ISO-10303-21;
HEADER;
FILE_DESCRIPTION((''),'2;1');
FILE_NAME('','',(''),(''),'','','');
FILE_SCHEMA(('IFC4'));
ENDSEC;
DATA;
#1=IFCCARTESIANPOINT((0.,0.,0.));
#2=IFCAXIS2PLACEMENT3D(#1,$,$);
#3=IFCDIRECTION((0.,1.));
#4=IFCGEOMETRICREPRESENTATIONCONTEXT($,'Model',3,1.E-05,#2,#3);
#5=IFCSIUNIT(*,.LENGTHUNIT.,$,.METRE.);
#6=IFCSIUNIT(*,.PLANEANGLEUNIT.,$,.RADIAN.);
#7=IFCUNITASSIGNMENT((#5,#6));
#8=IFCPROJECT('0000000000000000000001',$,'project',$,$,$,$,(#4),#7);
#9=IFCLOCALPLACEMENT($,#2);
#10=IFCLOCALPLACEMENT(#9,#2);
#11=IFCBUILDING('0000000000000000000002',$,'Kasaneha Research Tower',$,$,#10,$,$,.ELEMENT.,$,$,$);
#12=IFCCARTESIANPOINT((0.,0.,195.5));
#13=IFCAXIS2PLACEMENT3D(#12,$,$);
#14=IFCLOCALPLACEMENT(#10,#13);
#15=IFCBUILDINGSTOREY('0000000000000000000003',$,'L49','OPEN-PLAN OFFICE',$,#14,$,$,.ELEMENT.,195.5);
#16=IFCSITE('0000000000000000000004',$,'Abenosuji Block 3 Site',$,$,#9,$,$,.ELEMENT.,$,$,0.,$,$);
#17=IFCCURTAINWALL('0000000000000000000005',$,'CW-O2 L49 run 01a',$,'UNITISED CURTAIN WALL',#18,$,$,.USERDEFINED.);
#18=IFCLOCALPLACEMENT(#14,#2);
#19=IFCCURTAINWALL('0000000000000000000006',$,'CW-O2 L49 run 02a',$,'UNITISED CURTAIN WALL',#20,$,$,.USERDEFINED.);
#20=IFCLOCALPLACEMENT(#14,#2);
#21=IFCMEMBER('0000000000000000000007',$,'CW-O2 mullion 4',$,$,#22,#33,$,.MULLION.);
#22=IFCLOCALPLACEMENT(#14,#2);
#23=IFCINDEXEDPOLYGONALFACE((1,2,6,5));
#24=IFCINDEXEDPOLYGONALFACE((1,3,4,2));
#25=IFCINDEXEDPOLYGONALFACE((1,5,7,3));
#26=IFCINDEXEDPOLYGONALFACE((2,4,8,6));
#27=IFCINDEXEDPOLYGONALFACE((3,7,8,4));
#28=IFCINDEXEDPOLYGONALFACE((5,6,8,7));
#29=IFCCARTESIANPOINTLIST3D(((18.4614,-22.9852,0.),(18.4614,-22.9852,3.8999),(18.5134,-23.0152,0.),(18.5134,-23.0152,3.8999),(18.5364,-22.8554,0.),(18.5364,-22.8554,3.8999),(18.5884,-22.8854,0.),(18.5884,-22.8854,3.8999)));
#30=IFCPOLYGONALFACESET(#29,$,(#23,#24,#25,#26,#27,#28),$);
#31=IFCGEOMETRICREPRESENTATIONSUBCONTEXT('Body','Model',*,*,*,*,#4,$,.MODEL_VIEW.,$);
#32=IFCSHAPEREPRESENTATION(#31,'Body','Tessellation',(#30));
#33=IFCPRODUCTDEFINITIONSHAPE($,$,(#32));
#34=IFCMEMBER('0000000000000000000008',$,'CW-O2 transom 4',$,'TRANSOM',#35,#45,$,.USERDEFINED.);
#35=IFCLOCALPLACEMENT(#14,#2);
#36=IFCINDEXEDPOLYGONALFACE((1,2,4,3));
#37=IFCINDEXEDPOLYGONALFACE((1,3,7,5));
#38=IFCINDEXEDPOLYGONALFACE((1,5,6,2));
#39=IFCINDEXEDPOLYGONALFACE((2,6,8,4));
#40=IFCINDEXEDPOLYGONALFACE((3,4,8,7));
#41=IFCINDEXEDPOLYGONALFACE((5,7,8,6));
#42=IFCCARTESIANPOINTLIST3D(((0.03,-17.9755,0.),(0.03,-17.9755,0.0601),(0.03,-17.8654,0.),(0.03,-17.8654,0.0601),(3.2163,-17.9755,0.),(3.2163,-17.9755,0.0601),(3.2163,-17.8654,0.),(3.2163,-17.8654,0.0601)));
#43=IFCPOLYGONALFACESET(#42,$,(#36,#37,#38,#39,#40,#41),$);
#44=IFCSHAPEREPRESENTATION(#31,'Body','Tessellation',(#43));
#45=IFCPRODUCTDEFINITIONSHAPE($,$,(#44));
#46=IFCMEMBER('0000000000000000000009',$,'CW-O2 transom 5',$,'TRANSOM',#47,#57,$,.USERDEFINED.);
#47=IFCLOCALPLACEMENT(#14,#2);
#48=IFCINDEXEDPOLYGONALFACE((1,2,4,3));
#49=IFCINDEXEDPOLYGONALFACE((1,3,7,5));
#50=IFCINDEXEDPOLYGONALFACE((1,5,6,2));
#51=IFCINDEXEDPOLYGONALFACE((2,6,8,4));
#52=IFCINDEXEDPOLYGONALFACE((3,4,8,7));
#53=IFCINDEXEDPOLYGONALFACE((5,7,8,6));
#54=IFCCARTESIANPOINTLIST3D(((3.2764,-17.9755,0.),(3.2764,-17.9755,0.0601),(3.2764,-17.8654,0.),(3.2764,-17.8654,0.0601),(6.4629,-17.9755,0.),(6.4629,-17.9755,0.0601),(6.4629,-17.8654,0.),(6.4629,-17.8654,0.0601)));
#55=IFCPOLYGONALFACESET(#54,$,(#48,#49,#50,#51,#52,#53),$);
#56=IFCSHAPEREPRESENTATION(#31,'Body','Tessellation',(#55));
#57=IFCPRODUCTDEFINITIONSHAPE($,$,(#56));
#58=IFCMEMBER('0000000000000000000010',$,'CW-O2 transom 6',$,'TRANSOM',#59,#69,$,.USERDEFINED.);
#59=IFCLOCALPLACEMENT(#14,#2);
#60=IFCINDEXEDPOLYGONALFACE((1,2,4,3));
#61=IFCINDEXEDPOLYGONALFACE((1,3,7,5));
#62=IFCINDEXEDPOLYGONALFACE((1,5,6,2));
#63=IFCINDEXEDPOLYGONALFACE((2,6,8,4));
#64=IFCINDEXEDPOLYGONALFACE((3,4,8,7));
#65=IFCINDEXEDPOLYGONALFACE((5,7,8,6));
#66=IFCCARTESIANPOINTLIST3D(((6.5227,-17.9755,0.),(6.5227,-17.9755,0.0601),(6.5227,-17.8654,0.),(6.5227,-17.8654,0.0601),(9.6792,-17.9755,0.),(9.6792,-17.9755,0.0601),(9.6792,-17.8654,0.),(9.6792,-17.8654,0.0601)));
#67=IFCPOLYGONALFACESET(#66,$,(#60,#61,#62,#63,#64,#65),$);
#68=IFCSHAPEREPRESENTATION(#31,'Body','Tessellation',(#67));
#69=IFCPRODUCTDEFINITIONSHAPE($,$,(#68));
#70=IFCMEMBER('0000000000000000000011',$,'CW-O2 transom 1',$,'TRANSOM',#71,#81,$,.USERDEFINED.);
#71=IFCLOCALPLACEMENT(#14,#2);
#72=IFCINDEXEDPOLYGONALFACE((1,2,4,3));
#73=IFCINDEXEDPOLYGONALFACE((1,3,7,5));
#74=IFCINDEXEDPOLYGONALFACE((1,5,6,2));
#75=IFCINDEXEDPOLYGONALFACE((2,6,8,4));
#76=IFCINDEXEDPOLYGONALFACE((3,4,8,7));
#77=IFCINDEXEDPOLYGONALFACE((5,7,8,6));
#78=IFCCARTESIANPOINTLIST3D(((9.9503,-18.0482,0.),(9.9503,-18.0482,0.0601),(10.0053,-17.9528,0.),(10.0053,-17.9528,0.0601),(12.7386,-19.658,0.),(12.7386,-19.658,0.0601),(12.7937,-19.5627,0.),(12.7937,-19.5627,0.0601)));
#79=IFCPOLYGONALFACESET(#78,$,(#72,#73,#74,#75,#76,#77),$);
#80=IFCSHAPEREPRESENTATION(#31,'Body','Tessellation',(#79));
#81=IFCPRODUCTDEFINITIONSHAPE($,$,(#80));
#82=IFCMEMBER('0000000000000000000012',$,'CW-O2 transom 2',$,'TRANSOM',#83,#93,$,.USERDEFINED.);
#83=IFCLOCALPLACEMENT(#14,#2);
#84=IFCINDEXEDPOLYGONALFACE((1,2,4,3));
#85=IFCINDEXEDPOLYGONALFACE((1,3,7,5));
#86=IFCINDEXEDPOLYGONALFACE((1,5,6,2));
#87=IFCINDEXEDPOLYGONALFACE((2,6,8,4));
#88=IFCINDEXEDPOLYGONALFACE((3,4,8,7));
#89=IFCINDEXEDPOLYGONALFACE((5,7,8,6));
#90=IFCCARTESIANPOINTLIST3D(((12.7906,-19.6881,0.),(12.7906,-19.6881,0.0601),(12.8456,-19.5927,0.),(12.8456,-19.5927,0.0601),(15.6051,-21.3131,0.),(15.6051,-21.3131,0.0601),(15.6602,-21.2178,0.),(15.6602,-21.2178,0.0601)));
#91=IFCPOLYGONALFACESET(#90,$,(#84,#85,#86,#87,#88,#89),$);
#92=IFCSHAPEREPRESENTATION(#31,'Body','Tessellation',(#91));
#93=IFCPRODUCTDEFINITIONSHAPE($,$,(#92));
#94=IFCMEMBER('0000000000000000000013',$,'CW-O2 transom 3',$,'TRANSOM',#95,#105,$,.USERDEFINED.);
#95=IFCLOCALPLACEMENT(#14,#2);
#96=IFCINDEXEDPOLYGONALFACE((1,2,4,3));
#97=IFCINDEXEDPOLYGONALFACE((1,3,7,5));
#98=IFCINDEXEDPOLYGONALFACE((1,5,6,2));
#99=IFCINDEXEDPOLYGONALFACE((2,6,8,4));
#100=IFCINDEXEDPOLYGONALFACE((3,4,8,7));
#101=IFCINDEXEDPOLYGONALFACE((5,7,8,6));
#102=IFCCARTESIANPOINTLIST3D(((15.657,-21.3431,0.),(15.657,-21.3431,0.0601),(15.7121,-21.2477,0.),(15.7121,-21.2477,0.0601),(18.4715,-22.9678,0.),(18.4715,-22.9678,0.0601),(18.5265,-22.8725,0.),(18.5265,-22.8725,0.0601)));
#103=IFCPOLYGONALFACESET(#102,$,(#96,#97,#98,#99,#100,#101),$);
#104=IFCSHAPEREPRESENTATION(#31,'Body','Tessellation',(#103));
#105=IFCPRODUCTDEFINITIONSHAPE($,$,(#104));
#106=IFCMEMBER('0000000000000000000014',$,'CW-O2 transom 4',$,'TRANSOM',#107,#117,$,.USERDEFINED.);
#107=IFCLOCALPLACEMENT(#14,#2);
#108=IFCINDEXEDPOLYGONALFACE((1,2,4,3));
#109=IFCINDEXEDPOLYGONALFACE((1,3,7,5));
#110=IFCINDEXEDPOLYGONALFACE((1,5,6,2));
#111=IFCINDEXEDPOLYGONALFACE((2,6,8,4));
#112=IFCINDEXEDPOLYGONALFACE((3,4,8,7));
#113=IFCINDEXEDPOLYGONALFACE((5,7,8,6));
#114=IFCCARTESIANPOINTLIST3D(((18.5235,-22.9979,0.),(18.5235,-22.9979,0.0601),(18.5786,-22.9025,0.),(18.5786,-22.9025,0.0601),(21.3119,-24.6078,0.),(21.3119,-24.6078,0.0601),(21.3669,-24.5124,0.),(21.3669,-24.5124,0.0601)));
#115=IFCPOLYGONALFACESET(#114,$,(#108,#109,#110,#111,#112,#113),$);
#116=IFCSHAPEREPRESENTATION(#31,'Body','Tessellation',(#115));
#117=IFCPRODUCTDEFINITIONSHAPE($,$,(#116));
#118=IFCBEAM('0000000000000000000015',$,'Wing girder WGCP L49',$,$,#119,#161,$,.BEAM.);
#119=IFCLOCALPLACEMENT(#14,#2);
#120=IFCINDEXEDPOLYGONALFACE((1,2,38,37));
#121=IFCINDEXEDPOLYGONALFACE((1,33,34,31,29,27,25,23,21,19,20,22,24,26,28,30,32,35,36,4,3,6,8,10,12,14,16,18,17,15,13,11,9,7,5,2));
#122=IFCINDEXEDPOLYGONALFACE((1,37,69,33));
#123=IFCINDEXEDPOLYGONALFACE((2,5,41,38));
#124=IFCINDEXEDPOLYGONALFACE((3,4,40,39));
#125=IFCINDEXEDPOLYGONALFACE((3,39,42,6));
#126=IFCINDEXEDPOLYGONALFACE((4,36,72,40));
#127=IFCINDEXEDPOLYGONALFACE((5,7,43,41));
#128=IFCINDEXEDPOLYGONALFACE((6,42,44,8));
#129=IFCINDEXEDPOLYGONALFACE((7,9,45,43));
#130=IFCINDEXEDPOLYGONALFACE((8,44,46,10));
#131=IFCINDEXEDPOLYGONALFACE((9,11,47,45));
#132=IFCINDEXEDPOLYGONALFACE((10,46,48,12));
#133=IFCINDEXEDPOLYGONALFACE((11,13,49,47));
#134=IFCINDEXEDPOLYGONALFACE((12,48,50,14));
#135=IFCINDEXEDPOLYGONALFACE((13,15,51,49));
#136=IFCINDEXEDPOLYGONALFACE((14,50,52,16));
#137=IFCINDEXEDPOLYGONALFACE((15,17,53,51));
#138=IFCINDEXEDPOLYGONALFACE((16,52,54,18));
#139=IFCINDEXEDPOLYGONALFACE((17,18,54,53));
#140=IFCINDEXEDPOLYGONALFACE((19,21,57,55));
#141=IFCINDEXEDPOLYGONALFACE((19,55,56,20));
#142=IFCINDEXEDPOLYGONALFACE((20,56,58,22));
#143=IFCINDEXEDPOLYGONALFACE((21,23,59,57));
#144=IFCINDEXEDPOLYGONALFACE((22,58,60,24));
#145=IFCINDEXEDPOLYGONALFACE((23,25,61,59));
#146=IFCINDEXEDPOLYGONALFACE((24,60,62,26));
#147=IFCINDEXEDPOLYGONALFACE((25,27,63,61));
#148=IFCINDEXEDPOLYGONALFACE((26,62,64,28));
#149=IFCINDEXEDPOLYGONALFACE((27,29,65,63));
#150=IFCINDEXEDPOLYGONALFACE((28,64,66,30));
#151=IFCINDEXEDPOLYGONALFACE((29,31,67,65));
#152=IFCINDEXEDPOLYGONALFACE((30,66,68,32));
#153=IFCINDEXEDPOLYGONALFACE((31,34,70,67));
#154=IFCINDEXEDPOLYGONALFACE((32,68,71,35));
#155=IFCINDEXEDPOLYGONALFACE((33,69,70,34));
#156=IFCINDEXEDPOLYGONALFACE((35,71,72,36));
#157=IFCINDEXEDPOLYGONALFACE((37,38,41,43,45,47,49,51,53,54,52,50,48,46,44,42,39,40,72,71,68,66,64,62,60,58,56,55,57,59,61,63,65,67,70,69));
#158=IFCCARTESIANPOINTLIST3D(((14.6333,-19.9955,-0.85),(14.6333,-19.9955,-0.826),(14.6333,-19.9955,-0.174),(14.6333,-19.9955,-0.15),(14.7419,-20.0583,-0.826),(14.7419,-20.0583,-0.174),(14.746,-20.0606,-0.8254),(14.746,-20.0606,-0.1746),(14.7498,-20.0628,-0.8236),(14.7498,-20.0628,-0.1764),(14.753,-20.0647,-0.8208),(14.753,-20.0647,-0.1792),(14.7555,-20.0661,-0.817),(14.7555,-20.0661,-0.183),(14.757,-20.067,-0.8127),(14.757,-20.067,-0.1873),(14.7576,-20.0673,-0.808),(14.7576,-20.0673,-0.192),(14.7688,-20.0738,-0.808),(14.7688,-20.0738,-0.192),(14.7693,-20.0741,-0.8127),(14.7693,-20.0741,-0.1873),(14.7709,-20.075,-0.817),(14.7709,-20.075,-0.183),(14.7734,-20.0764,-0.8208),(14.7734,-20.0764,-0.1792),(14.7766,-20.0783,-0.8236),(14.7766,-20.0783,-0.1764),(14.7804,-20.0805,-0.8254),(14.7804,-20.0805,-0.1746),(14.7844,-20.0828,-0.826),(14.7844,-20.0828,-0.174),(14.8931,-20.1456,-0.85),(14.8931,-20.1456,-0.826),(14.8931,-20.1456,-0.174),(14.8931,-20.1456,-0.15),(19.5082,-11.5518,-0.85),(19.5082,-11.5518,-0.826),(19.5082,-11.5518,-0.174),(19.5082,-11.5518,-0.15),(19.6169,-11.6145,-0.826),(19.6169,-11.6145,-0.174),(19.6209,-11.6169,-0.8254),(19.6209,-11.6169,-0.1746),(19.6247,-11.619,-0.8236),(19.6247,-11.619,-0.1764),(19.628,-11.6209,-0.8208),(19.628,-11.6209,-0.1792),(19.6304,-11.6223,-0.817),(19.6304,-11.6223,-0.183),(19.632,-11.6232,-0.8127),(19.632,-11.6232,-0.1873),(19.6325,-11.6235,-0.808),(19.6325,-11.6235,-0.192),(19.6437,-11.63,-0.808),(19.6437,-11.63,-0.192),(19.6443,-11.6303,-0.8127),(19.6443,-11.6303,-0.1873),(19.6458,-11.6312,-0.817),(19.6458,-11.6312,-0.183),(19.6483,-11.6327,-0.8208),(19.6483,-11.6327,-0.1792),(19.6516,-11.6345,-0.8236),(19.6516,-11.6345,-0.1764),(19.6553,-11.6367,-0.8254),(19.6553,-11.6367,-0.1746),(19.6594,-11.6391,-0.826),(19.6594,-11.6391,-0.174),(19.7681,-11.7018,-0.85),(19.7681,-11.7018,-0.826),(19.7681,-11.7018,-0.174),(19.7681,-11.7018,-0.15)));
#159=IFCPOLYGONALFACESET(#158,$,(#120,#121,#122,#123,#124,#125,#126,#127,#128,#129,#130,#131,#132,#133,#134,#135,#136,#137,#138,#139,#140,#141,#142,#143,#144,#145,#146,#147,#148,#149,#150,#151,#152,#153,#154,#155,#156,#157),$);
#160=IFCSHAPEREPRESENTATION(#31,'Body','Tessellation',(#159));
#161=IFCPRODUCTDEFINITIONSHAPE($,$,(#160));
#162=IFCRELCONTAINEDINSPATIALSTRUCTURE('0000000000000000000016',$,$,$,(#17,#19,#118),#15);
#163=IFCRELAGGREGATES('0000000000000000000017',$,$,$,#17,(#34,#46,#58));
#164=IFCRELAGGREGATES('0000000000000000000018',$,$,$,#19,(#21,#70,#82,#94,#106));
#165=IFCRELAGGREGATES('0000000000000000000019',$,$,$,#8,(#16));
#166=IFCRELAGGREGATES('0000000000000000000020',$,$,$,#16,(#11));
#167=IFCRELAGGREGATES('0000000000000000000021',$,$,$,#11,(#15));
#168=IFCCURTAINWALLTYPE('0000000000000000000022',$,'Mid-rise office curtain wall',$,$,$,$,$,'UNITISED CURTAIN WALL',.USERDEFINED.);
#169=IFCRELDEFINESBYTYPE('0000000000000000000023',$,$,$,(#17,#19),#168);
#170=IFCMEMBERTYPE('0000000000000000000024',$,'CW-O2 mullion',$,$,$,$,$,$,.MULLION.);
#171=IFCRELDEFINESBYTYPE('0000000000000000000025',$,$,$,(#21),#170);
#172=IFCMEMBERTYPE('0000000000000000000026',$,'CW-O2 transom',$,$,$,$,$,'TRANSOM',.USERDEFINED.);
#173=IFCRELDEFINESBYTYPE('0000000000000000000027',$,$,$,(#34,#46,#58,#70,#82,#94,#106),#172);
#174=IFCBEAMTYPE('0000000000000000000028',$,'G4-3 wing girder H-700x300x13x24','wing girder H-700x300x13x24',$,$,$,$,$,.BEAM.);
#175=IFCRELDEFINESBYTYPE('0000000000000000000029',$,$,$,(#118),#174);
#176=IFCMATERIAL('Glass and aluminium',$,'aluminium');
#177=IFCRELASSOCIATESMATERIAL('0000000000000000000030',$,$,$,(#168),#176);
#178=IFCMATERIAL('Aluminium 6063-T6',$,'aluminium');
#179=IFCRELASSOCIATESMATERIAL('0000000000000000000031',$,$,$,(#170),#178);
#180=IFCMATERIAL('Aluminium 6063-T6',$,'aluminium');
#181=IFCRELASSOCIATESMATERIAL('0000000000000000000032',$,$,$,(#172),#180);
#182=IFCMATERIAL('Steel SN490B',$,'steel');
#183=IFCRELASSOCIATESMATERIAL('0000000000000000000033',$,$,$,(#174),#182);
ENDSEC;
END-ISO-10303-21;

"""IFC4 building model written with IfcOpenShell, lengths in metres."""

from ifc_helpers import new_model, si_unit, direction, frame, origin, origin_2d, place, context, subcontext, project, spatial, rectangle, i_section, extrude, material, material_profile, profile_set, type_object, element, aggregate, save


model = new_model("IFC4")

# Units and contexts
model_context = context("Model", 3, precision=1e-05, world=origin(), true_north=direction((0.0, 1.0)))
body_context = subcontext(model_context, "Body", "Model", "MODEL_VIEW")
ifc_project = project(units=[si_unit("LENGTHUNIT", "METRE"), si_unit("PLANEANGLEUNIT", "RADIAN")], contexts=[model_context])

# Site, building, storey
site_placement = place(None, origin())
site = spatial("IfcSite", under=ifc_project, at=site_placement, Name="Abenosuji Block 3 Site", CompositionType="ELEMENT", RefElevation=0.0)
building_placement = place(site_placement, origin())
building = spatial("IfcBuilding", under=site, at=building_placement, Name="Kasaneha Research Tower", CompositionType="ELEMENT")
storey_placement = place(building_placement, frame((0.0, 0.0, 195.5)))
storey = spatial("IfcBuildingStorey", under=building, at=storey_placement, Name="L49", Description="OPEN-PLAN OFFICE", CompositionType="ELEMENT", Elevation=195.5)

# Curtain walls, member
ifc_material_1 = material(Name="Glass and aluminium", Category="aluminium")
curtain_wall_type = type_object("IfcCurtainWallType", Name="Mid-rise office curtain wall", ElementType="UNITISED CURTAIN WALL", PredefinedType="USERDEFINED", material=ifc_material_1)
curtain_wall_1_placement = place(storey_placement, origin())
curtain_wall_1 = element("IfcCurtainWall", 1, at=curtain_wall_1_placement, inside=storey, type_object=curtain_wall_type, Name="CW-O2 L49 run 01a", ObjectType="UNITISED CURTAIN WALL", PredefinedType="USERDEFINED")
ifc_material_2 = material(Name="Aluminium 6063-T6", Category="aluminium")
ifc_material_profile_1 = material_profile(ifc_material_2, rectangle(XDim=0.0601, YDim=0.1499, at=origin_2d()), Name="CW-O2 mullion 60x150")
ifc_profile_set_1 = profile_set([ifc_material_profile_1], Name="Aluminium 6063-T6")
member_type_1 = type_object("IfcMemberType", Name="CW-O2 mullion", PredefinedType="MULLION", material=ifc_profile_set_1)
curtain_wall_2_placement = place(storey_placement, origin())
curtain_wall_2 = element("IfcCurtainWall", 2, at=curtain_wall_2_placement, inside=storey, type_object=curtain_wall_type, Name="CW-O2 L49 run 02a", ObjectType="UNITISED CURTAIN WALL", PredefinedType="USERDEFINED")
member_1_placement = place(storey_placement, frame((18.5249, -22.9353, 0.0), z_axis=(0.0, 0.0, 1.0), x_axis=(0.866025, -0.5, 0.0)))
member_1 = element("IfcMember", 3, at=member_1_placement, type_object=member_type_1, Name="CW-O2 mullion 4", PredefinedType="MULLION", context=body_context, shape_type="SweptSolid", body=[
    extrude(rectangle(XDim=0.0601, YDim=0.1499, at=origin_2d()), origin(), (0.0, 0.0, 1.0), 3.8999),
])

# Members
ifc_material_3 = material(Name="Aluminium 6063-T6", Category="aluminium")
ifc_material_profile_2 = material_profile(ifc_material_3, rectangle(XDim=0.1101, YDim=0.0601, at=origin_2d()), Name="CW-O2 transom 110x60")
ifc_profile_set_2 = profile_set([ifc_material_profile_2], Name="Aluminium 6063-T6")
member_type_2 = type_object("IfcMemberType", Name="CW-O2 transom", ElementType="TRANSOM", PredefinedType="USERDEFINED", material=ifc_profile_set_2)
member_2_placement = place(storey_placement, frame((0.03, -17.9204, 0.03), z_axis=(1.0, 0.0, 0.0), x_axis=(0.0, 1.0, 0.0)))
member_2 = element("IfcMember", 4, at=member_2_placement, type_object=member_type_2, Name="CW-O2 transom 4", ObjectType="TRANSOM", PredefinedType="USERDEFINED", context=body_context, shape_type="SweptSolid", body=[
    extrude(rectangle(XDim=0.1101, YDim=0.0601, at=origin_2d()), origin(), (0.0, 0.0, 1.0), 3.1863),
])
member_3_placement = place(storey_placement, frame((3.2764, -17.9204, 0.03), z_axis=(1.0, 0.0, 0.0), x_axis=(0.0, 1.0, 0.0)))
member_3 = element("IfcMember", 5, at=member_3_placement, type_object=member_type_2, Name="CW-O2 transom 5", ObjectType="TRANSOM", PredefinedType="USERDEFINED", context=body_context, shape_type="SweptSolid", body=[
    extrude(rectangle(XDim=0.1101, YDim=0.0601, at=origin_2d()), origin(), (0.0, 0.0, 1.0), 3.1865),
])
member_4_placement = place(storey_placement, frame((6.5227, -17.9204, 0.03), z_axis=(1.0, 0.0, 0.0), x_axis=(0.0, 1.0, 0.0)))
member_4 = element("IfcMember", 6, at=member_4_placement, type_object=member_type_2, Name="CW-O2 transom 6", ObjectType="TRANSOM", PredefinedType="USERDEFINED", context=body_context, shape_type="SweptSolid", body=[
    extrude(rectangle(XDim=0.1101, YDim=0.0601, at=origin_2d()), origin(), (0.0, 0.0, 1.0), 3.1565),
])
member_5_placement = place(storey_placement, frame((9.9778, -18.0005, 0.03), z_axis=(0.866023, -0.500005, 0.0), x_axis=(0.500005, 0.866023, 0.0)))
member_5 = element("IfcMember", 7, at=member_5_placement, type_object=member_type_2, Name="CW-O2 transom 1", ObjectType="TRANSOM", PredefinedType="USERDEFINED", context=body_context, shape_type="SweptSolid", body=[
    extrude(rectangle(XDim=0.1101, YDim=0.0601, at=origin_2d()), origin(), (0.0, 0.0, 1.0), 3.2197),
])
member_6_placement = place(storey_placement, frame((12.8181, -19.6404, 0.03), z_axis=(0.866015, -0.500017, 0.0), x_axis=(0.500017, 0.866015, 0.0)))
member_6 = element("IfcMember", 8, at=member_6_placement, type_object=member_type_2, Name="CW-O2 transom 2", ObjectType="TRANSOM", PredefinedType="USERDEFINED", context=body_context, shape_type="SweptSolid", body=[
    extrude(rectangle(XDim=0.1101, YDim=0.0601, at=origin_2d()), origin(), (0.0, 0.0, 1.0), 3.25),
])
member_7_placement = place(storey_placement, frame((15.6846, -21.2954, 0.03), z_axis=(0.866048, -0.499961, 0.0), x_axis=(0.499961, 0.866048, 0.0)))
member_7 = element("IfcMember", 9, at=member_7_placement, type_object=member_type_2, Name="CW-O2 transom 3", ObjectType="TRANSOM", PredefinedType="USERDEFINED", context=body_context, shape_type="SweptSolid", body=[
    extrude(rectangle(XDim=0.1101, YDim=0.0601, at=origin_2d()), origin(), (0.0, 0.0, 1.0), 3.2498),
])
member_8_placement = place(storey_placement, frame((18.551, -22.9502, 0.03), z_axis=(0.866023, -0.500005, 0.0), x_axis=(0.500005, 0.866023, 0.0)))
member_8 = element("IfcMember", 10, at=member_8_placement, type_object=member_type_2, Name="CW-O2 transom 4", ObjectType="TRANSOM", PredefinedType="USERDEFINED", context=body_context, shape_type="SweptSolid", body=[
    extrude(rectangle(XDim=0.1101, YDim=0.0601, at=origin_2d()), origin(), (0.0, 0.0, 1.0), 3.2197),
])

# Beam
ifc_material_4 = material(Name="Steel SN490B", Category="steel")
ifc_material_profile_3 = material_profile(ifc_material_4, i_section(OverallWidth=0.3, OverallDepth=0.7, WebThickness=0.0129, FlangeThickness=0.0239, FilletRadius=0.0181, at=origin_2d()), Name="H-700x300x13x24")
ifc_profile_set_3 = profile_set([ifc_material_profile_3], Name="Steel SN490B")
beam_type_1 = type_object("IfcBeamType", Name="G4-3 wing girder H-700x300x13x24", Description="wing girder H-700x300x13x24", PredefinedType="BEAM", material=ifc_profile_set_3)
beam_1_placement = place(storey_placement, frame((14.7632, -20.0706, -0.5), z_axis=(0.499996, 0.866028, 0.0), x_axis=(-0.866028, 0.499996, 0.0)))
element("IfcBeam", 11, at=beam_1_placement, inside=storey, type_object=beam_type_1, Name="Wing girder WGCP L49", PredefinedType="BEAM", context=body_context, shape_type="SweptSolid", body=[
    extrude(i_section(OverallWidth=0.3, OverallDepth=0.7, WebThickness=0.0129, FlangeThickness=0.0239, FilletRadius=0.0181, at=origin_2d()), origin(), (0.0, 0.0, 1.0), 9.75),
])

aggregate(curtain_wall_1, [member_2, member_3, member_4])
aggregate(curtain_wall_2, [member_1, member_5, member_6, member_7, member_8])

save(model, "model.ifc")
